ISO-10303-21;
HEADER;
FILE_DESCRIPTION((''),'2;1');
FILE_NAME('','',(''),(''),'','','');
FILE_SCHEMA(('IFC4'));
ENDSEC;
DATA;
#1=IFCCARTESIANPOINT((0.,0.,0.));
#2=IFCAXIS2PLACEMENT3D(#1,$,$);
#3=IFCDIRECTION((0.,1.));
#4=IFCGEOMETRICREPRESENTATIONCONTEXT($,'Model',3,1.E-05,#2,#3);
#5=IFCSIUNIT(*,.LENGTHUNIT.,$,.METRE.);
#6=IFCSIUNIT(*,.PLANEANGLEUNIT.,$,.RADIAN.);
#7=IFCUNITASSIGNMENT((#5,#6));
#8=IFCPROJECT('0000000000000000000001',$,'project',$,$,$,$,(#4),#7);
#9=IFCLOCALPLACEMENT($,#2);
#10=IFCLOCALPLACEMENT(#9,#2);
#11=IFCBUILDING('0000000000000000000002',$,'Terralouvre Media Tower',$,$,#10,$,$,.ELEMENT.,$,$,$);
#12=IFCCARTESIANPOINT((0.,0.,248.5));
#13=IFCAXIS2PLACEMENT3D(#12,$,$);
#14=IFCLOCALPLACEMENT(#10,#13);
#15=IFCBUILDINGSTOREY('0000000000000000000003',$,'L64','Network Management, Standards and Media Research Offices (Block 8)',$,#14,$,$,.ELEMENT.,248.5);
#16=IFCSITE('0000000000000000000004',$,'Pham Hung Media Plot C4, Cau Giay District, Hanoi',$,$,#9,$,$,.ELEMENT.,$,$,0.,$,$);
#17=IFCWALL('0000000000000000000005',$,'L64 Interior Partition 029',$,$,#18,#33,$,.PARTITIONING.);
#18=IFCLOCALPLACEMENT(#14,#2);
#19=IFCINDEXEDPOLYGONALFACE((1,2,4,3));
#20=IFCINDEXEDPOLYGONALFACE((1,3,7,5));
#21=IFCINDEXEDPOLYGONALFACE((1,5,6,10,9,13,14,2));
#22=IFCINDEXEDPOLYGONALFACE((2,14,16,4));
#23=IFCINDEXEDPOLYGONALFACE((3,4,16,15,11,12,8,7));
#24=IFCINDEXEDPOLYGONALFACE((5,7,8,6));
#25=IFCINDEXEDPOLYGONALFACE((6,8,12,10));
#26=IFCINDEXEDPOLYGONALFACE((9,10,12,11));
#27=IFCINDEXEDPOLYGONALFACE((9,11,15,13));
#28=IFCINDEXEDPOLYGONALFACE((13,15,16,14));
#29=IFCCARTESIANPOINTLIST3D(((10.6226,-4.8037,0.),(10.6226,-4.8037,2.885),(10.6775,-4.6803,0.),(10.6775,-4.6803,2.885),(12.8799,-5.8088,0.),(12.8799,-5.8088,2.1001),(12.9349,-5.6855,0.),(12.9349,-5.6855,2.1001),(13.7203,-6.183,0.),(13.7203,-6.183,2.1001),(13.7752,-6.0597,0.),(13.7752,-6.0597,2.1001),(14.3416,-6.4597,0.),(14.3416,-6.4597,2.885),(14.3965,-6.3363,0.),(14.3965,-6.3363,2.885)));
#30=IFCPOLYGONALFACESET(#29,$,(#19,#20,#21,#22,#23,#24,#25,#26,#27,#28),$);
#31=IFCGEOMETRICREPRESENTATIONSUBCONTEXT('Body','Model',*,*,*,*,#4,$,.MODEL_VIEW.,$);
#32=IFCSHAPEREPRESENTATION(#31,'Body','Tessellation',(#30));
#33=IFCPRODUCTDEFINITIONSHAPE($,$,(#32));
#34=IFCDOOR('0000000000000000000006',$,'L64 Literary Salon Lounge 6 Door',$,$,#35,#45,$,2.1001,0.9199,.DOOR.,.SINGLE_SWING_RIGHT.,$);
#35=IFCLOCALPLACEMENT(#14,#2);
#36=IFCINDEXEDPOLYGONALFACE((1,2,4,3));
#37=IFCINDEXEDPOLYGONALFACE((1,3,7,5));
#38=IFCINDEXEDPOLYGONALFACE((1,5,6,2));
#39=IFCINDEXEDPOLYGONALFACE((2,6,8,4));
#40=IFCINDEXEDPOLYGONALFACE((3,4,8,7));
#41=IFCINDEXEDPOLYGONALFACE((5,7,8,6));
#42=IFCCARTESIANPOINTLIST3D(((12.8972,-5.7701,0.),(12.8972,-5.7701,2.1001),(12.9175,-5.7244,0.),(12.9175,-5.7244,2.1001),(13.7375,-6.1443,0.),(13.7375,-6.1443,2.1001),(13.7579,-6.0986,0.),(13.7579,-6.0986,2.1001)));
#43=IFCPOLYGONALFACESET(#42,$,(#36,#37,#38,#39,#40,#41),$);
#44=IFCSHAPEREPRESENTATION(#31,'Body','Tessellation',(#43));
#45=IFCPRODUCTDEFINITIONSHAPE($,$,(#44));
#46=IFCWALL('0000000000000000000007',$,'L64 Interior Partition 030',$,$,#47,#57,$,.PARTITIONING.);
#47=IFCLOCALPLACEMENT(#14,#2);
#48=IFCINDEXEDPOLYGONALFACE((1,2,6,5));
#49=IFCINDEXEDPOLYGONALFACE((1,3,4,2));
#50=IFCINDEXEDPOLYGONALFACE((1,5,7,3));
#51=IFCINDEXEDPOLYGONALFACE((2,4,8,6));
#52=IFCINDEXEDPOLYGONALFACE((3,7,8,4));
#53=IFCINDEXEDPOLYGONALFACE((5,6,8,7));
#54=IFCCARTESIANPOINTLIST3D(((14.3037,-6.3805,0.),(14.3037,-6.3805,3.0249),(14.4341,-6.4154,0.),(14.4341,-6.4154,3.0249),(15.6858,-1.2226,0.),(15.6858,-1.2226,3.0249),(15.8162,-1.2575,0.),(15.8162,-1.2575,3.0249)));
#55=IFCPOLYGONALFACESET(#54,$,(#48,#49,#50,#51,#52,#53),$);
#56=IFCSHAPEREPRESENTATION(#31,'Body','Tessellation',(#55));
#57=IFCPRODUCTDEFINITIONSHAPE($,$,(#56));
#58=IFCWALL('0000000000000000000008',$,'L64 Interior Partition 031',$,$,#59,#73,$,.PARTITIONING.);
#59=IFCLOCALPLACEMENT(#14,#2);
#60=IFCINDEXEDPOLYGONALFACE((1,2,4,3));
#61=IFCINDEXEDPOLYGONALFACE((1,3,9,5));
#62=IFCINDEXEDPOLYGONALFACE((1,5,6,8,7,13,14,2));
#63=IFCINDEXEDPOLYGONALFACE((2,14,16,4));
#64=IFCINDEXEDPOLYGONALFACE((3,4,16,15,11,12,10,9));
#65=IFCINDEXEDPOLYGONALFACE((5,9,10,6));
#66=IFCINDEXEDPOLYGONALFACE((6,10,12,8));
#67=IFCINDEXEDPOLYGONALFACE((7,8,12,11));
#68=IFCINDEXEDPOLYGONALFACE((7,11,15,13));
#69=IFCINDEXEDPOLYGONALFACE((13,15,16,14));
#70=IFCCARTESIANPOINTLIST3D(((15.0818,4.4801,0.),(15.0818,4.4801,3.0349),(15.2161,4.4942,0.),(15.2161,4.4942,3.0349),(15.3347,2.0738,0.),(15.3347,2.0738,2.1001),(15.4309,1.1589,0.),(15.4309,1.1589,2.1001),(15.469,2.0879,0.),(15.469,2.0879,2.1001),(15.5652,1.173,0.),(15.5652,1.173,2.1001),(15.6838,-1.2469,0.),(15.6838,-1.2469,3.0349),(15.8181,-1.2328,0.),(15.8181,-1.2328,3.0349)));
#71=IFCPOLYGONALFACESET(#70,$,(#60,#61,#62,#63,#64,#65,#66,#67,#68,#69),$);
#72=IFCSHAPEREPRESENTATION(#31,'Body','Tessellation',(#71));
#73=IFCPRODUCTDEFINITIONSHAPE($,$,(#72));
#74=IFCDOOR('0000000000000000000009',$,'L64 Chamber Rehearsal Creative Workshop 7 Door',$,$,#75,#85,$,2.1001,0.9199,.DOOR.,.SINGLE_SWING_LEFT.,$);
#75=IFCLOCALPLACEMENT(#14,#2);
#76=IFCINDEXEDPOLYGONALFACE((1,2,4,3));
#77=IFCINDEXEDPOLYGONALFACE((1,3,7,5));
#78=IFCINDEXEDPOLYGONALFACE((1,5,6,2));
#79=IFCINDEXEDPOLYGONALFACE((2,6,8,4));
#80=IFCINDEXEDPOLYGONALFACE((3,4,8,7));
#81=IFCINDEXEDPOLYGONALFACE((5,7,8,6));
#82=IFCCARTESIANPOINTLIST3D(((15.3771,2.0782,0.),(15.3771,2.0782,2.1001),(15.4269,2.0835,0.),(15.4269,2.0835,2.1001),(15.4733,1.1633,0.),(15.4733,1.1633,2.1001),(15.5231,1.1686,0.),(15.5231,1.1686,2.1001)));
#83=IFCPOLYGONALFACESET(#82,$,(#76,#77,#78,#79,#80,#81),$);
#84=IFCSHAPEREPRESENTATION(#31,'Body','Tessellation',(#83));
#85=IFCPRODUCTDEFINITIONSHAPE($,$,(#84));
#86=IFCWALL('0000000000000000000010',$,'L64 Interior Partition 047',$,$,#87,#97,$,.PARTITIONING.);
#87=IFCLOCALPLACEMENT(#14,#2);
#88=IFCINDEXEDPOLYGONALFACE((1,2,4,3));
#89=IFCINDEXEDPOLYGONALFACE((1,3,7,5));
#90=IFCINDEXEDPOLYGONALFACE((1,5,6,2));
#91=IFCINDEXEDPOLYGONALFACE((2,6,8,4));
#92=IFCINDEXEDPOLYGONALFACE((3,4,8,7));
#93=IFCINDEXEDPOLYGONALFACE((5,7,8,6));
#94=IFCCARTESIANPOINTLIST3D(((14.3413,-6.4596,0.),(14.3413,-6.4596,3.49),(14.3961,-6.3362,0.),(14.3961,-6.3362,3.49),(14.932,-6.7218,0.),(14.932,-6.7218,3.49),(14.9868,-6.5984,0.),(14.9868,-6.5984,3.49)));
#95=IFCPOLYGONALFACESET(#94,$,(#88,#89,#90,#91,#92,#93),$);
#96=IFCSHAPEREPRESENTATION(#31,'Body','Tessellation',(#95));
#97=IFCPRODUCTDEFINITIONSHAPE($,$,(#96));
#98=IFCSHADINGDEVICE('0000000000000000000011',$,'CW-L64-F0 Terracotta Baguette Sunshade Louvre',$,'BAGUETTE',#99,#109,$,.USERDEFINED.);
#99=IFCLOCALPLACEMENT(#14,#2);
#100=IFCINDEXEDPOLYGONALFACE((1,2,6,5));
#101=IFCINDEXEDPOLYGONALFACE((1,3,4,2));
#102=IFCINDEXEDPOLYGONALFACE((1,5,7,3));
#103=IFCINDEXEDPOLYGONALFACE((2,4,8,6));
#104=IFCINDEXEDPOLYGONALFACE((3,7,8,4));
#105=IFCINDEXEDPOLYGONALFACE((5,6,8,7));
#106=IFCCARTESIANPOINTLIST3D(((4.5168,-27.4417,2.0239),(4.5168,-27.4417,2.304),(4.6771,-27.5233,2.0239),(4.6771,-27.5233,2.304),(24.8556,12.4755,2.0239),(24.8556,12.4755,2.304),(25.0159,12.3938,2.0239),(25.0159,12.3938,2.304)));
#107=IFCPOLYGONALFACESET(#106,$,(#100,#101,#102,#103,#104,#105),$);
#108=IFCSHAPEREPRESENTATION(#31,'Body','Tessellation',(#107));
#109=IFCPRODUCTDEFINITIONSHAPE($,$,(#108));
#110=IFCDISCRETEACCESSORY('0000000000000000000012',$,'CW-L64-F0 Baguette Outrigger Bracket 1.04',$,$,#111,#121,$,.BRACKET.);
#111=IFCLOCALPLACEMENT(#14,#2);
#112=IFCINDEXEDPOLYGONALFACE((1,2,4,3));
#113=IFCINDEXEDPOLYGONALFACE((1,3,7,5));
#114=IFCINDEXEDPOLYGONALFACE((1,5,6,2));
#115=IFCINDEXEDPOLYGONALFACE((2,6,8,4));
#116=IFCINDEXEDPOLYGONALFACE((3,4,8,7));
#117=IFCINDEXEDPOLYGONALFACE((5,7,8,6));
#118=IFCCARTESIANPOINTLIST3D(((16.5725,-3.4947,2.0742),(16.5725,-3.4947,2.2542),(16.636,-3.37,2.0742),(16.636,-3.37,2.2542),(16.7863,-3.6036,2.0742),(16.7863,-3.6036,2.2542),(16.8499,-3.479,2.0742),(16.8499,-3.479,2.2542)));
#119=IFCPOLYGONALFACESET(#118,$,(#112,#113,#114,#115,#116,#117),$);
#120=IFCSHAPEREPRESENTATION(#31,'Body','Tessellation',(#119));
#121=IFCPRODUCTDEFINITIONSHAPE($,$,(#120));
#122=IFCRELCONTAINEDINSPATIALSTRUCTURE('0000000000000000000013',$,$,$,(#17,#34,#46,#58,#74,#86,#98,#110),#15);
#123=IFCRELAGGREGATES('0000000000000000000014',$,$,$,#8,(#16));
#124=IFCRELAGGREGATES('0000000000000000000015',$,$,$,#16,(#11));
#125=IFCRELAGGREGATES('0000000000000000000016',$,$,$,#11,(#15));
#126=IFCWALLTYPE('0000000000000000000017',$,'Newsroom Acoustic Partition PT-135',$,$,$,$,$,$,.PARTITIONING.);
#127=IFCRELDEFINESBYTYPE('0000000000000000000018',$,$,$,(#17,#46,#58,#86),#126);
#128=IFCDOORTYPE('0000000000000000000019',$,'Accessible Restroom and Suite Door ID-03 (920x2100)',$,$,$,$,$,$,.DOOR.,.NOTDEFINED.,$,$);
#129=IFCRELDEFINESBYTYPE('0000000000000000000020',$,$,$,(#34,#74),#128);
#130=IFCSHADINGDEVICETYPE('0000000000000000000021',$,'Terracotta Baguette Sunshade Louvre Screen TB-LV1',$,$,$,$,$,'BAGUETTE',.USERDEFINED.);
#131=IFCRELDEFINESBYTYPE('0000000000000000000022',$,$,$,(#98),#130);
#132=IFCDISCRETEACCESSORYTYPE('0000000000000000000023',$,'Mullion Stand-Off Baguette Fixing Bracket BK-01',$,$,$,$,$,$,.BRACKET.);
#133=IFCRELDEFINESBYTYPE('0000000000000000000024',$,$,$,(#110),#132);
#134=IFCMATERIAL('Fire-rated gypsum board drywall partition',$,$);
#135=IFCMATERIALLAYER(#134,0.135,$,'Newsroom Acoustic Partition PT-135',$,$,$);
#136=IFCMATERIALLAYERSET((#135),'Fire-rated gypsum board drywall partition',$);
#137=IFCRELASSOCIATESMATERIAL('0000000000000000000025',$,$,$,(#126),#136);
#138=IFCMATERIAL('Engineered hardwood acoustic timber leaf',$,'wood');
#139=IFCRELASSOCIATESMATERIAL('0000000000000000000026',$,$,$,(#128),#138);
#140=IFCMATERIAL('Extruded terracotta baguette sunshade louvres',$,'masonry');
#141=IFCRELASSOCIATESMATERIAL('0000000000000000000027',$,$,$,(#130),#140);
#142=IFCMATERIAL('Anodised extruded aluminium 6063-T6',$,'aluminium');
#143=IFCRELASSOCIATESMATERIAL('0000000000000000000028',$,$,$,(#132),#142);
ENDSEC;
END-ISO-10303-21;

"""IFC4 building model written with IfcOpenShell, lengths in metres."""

from ifc_helpers import new_model, si_unit, direction, frame, frame_2d, origin, origin_2d, place, context, subcontext, project, spatial, rectangle, extrude, material, layer, layer_set, type_object, element, fill, save


model = new_model("IFC4")

# Units and contexts
model_context = context("Model", 3, precision=1e-05, world=origin(), true_north=direction((0.0, 1.0)))
body_context = subcontext(model_context, "Body", "Model", "MODEL_VIEW")
ifc_project = project(units=[si_unit("LENGTHUNIT", "METRE"), si_unit("PLANEANGLEUNIT", "RADIAN")], contexts=[model_context])

# Site, building, storey
site_placement = place(None, origin())
site = spatial("IfcSite", under=ifc_project, at=site_placement, Name="Pham Hung Media Plot C4, Cau Giay District, Hanoi", CompositionType="ELEMENT", RefElevation=0.0)
building_placement = place(site_placement, origin())
building = spatial("IfcBuilding", under=site, at=building_placement, Name="Terralouvre Media Tower", CompositionType="ELEMENT")
storey_placement = place(building_placement, frame((0.0, 0.0, 248.5)))
storey = spatial("IfcBuildingStorey", under=building, at=storey_placement, Name="L64", Description="Network Management, Standards and Media Research Offices (Block 8)", CompositionType="ELEMENT", Elevation=248.5)

# Shared definitions
ifc_material_1 = material(Name="Fire-rated gypsum board drywall partition")
ifc_layer_1 = layer(ifc_material_1, 0.135, Name="Newsroom Acoustic Partition PT-135")
ifc_layer_set_1 = layer_set([ifc_layer_1], Name="Fire-rated gypsum board drywall partition")
wall_type_1 = type_object("IfcWallType", Name="Newsroom Acoustic Partition PT-135", PredefinedType="PARTITIONING", material=ifc_layer_set_1)

# Wall, opening, door
wall_1_placement = place(storey_placement, frame((10.6499, -4.7419, 0.0), z_axis=(0.0, 0.0, 1.0), x_axis=(0.913527, -0.406778, 0.0)))
wall_1 = element("IfcWall", 1, at=wall_1_placement, inside=storey, type_object=wall_type_1, Name="L64 Interior Partition 029", PredefinedType="PARTITIONING", context=body_context, shape_type="SweptSolid", body=[
    extrude(rectangle(XDim=4.071, YDim=0.135, at=frame_2d((2.0356, 0.0))), origin(), (0.0, 0.0, 1.0), 2.885),
])
opening_1_placement = place(wall_1_placement, frame((2.4712, 0.0, 0.0)))
opening_1 = element("IfcOpeningElement", 2, at=opening_1_placement, cuts=wall_1, PredefinedType="OPENING", context=body_context, shape_type="SweptSolid", body=[
    extrude(rectangle(XDim=0.9199, YDim=2.1001, at=frame_2d((0.46, 1.05))), frame((0.0, 0.0774, 0.0), z_axis=(0.0, -1.0, 0.0), x_axis=(1.0, 0.0, 0.0)), (0.0, 0.0, 1.0), 0.155),
])
ifc_material_2 = material(Name="Engineered hardwood acoustic timber leaf", Category="wood")
door_type_1 = type_object("IfcDoorType", Name="Accessible Restroom and Suite Door ID-03 (920x2100)", OperationType="NOTDEFINED", PredefinedType="DOOR", material=ifc_material_2)
door_1_placement = place(opening_1_placement, origin())
door_1 = element("IfcDoor", 3, at=door_1_placement, inside=storey, type_object=door_type_1, Name="L64 Literary Salon Lounge 6 Door", OperationType="SINGLE_SWING_RIGHT", OverallHeight=2.1001, OverallWidth=0.9199, PredefinedType="DOOR", context=body_context, shape_type="SweptSolid", body=[
    extrude(rectangle(XDim=0.9199, YDim=2.1001, at=frame_2d((0.46, 1.05))), frame((0.0, 0.0249, 0.0), z_axis=(0.0, -1.0, 0.0), x_axis=(1.0, 0.0, 0.0)), (0.0, 0.0, 1.0), 0.05),
])
fill(opening_1, door_1)

# Wall
wall_2_placement = place(storey_placement, frame((14.3689, -6.3979, 0.0), z_axis=(0.0, 0.0, 1.0), x_axis=(0.258821, 0.965925, 0.0)))
element("IfcWall", 4, at=wall_2_placement, inside=storey, type_object=wall_type_1, Name="L64 Interior Partition 030", PredefinedType="PARTITIONING", context=body_context, shape_type="SweptSolid", body=[
    extrude(rectangle(XDim=5.3398, YDim=0.135, at=frame_2d((2.6699, 0.0))), origin(), (0.0, 0.0, 1.0), 3.0249),
])

# Wall, opening, door
wall_3_placement = place(storey_placement, frame((15.751, -1.24, 0.0), z_axis=(0.0, 0.0, 1.0), x_axis=(-0.104548, 0.99452, 0.0)))
wall_3 = element("IfcWall", 5, at=wall_3_placement, inside=storey, type_object=wall_type_1, Name="L64 Interior Partition 031", PredefinedType="PARTITIONING", context=body_context, shape_type="SweptSolid", body=[
    extrude(rectangle(XDim=5.7585, YDim=0.135, at=frame_2d((2.8794, 0.0))), origin(), (0.0, 0.0, 1.0), 3.0349),
])
opening_2_placement = place(wall_3_placement, frame((2.4192, 0.0, 0.0)))
opening_2 = element("IfcOpeningElement", 6, at=opening_2_placement, cuts=wall_3, PredefinedType="OPENING", context=body_context, shape_type="SweptSolid", body=[
    extrude(rectangle(XDim=0.9199, YDim=2.1001, at=frame_2d((0.46, 1.05))), frame((0.0, 0.0774, 0.0), z_axis=(0.0, -1.0, 0.0), x_axis=(1.0, 0.0, 0.0)), (0.0, 0.0, 1.0), 0.155),
])
door_2_placement = place(opening_2_placement, origin())
door_2 = element("IfcDoor", 7, at=door_2_placement, inside=storey, type_object=door_type_1, Name="L64 Chamber Rehearsal Creative Workshop 7 Door", OperationType="SINGLE_SWING_LEFT", OverallHeight=2.1001, OverallWidth=0.9199, PredefinedType="DOOR", context=body_context, shape_type="SweptSolid", body=[
    extrude(rectangle(XDim=0.9199, YDim=2.1001, at=frame_2d((0.46, 1.05))), frame((0.0, 0.0249, 0.0), z_axis=(0.0, -1.0, 0.0), x_axis=(1.0, 0.0, 0.0)), (0.0, 0.0, 1.0), 0.05),
])
fill(opening_2, door_2)

# Wall
wall_4_placement = place(storey_placement, frame((14.9595, -6.6602, 0.0), z_axis=(0.0, 0.0, 1.0), x_axis=(-0.913967, 0.405788, 0.0)))
element("IfcWall", 8, at=wall_4_placement, inside=storey, type_object=wall_type_1, Name="L64 Interior Partition 047", PredefinedType="PARTITIONING", context=body_context, shape_type="SweptSolid", body=[
    extrude(rectangle(XDim=0.6462, YDim=0.135, at=frame_2d((0.3232, 0.0))), origin(), (0.0, 0.0, 1.0), 3.49),
])

# Shading device
ifc_material_3 = material(Name="Extruded terracotta baguette sunshade louvres", Category="masonry")
shading_device_type = type_object("IfcShadingDeviceType", Name="Terracotta Baguette Sunshade Louvre Screen TB-LV1", ElementType="BAGUETTE", PredefinedType="USERDEFINED", material=ifc_material_3)
shading_device_placement = place(storey_placement, frame((14.7664, -7.5239, 2.0239), z_axis=(0.0, 0.0, 1.0), x_axis=(0.45399, 0.891007, 0.0)))
element("IfcShadingDevice", 9, at=shading_device_placement, inside=storey, type_object=shading_device_type, Name="CW-L64-F0 Terracotta Baguette Sunshade Louvre", ObjectType="BAGUETTE", PredefinedType="USERDEFINED", context=body_context, shape_type="SweptSolid", body=[
    extrude(rectangle(XDim=44.8, YDim=0.1799, at=origin_2d()), origin(), (0.0, 0.0, 1.0), 0.28),
])

# Discrete accessory
ifc_material_4 = material(Name="Anodised extruded aluminium 6063-T6", Category="aluminium")
discrete_accessory_type = type_object("IfcDiscreteAccessoryType", Name="Mullion Stand-Off Baguette Fixing Bracket BK-01", PredefinedType="BRACKET", material=ifc_material_4)
discrete_accessory_placement = place(storey_placement, frame((16.7112, -3.4868, 2.0742), z_axis=(0.0, 0.0, 1.0), x_axis=(0.45399, 0.891007, 0.0)))
element("IfcDiscreteAccessory", 10, at=discrete_accessory_placement, inside=storey, type_object=discrete_accessory_type, Name="CW-L64-F0 Baguette Outrigger Bracket 1.04", PredefinedType="BRACKET", context=body_context, shape_type="SweptSolid", body=[
    extrude(rectangle(XDim=0.1399, YDim=0.24, at=origin_2d()), origin(), (0.0, 0.0, 1.0), 0.1799),
])

save(model, "model.ifc")
